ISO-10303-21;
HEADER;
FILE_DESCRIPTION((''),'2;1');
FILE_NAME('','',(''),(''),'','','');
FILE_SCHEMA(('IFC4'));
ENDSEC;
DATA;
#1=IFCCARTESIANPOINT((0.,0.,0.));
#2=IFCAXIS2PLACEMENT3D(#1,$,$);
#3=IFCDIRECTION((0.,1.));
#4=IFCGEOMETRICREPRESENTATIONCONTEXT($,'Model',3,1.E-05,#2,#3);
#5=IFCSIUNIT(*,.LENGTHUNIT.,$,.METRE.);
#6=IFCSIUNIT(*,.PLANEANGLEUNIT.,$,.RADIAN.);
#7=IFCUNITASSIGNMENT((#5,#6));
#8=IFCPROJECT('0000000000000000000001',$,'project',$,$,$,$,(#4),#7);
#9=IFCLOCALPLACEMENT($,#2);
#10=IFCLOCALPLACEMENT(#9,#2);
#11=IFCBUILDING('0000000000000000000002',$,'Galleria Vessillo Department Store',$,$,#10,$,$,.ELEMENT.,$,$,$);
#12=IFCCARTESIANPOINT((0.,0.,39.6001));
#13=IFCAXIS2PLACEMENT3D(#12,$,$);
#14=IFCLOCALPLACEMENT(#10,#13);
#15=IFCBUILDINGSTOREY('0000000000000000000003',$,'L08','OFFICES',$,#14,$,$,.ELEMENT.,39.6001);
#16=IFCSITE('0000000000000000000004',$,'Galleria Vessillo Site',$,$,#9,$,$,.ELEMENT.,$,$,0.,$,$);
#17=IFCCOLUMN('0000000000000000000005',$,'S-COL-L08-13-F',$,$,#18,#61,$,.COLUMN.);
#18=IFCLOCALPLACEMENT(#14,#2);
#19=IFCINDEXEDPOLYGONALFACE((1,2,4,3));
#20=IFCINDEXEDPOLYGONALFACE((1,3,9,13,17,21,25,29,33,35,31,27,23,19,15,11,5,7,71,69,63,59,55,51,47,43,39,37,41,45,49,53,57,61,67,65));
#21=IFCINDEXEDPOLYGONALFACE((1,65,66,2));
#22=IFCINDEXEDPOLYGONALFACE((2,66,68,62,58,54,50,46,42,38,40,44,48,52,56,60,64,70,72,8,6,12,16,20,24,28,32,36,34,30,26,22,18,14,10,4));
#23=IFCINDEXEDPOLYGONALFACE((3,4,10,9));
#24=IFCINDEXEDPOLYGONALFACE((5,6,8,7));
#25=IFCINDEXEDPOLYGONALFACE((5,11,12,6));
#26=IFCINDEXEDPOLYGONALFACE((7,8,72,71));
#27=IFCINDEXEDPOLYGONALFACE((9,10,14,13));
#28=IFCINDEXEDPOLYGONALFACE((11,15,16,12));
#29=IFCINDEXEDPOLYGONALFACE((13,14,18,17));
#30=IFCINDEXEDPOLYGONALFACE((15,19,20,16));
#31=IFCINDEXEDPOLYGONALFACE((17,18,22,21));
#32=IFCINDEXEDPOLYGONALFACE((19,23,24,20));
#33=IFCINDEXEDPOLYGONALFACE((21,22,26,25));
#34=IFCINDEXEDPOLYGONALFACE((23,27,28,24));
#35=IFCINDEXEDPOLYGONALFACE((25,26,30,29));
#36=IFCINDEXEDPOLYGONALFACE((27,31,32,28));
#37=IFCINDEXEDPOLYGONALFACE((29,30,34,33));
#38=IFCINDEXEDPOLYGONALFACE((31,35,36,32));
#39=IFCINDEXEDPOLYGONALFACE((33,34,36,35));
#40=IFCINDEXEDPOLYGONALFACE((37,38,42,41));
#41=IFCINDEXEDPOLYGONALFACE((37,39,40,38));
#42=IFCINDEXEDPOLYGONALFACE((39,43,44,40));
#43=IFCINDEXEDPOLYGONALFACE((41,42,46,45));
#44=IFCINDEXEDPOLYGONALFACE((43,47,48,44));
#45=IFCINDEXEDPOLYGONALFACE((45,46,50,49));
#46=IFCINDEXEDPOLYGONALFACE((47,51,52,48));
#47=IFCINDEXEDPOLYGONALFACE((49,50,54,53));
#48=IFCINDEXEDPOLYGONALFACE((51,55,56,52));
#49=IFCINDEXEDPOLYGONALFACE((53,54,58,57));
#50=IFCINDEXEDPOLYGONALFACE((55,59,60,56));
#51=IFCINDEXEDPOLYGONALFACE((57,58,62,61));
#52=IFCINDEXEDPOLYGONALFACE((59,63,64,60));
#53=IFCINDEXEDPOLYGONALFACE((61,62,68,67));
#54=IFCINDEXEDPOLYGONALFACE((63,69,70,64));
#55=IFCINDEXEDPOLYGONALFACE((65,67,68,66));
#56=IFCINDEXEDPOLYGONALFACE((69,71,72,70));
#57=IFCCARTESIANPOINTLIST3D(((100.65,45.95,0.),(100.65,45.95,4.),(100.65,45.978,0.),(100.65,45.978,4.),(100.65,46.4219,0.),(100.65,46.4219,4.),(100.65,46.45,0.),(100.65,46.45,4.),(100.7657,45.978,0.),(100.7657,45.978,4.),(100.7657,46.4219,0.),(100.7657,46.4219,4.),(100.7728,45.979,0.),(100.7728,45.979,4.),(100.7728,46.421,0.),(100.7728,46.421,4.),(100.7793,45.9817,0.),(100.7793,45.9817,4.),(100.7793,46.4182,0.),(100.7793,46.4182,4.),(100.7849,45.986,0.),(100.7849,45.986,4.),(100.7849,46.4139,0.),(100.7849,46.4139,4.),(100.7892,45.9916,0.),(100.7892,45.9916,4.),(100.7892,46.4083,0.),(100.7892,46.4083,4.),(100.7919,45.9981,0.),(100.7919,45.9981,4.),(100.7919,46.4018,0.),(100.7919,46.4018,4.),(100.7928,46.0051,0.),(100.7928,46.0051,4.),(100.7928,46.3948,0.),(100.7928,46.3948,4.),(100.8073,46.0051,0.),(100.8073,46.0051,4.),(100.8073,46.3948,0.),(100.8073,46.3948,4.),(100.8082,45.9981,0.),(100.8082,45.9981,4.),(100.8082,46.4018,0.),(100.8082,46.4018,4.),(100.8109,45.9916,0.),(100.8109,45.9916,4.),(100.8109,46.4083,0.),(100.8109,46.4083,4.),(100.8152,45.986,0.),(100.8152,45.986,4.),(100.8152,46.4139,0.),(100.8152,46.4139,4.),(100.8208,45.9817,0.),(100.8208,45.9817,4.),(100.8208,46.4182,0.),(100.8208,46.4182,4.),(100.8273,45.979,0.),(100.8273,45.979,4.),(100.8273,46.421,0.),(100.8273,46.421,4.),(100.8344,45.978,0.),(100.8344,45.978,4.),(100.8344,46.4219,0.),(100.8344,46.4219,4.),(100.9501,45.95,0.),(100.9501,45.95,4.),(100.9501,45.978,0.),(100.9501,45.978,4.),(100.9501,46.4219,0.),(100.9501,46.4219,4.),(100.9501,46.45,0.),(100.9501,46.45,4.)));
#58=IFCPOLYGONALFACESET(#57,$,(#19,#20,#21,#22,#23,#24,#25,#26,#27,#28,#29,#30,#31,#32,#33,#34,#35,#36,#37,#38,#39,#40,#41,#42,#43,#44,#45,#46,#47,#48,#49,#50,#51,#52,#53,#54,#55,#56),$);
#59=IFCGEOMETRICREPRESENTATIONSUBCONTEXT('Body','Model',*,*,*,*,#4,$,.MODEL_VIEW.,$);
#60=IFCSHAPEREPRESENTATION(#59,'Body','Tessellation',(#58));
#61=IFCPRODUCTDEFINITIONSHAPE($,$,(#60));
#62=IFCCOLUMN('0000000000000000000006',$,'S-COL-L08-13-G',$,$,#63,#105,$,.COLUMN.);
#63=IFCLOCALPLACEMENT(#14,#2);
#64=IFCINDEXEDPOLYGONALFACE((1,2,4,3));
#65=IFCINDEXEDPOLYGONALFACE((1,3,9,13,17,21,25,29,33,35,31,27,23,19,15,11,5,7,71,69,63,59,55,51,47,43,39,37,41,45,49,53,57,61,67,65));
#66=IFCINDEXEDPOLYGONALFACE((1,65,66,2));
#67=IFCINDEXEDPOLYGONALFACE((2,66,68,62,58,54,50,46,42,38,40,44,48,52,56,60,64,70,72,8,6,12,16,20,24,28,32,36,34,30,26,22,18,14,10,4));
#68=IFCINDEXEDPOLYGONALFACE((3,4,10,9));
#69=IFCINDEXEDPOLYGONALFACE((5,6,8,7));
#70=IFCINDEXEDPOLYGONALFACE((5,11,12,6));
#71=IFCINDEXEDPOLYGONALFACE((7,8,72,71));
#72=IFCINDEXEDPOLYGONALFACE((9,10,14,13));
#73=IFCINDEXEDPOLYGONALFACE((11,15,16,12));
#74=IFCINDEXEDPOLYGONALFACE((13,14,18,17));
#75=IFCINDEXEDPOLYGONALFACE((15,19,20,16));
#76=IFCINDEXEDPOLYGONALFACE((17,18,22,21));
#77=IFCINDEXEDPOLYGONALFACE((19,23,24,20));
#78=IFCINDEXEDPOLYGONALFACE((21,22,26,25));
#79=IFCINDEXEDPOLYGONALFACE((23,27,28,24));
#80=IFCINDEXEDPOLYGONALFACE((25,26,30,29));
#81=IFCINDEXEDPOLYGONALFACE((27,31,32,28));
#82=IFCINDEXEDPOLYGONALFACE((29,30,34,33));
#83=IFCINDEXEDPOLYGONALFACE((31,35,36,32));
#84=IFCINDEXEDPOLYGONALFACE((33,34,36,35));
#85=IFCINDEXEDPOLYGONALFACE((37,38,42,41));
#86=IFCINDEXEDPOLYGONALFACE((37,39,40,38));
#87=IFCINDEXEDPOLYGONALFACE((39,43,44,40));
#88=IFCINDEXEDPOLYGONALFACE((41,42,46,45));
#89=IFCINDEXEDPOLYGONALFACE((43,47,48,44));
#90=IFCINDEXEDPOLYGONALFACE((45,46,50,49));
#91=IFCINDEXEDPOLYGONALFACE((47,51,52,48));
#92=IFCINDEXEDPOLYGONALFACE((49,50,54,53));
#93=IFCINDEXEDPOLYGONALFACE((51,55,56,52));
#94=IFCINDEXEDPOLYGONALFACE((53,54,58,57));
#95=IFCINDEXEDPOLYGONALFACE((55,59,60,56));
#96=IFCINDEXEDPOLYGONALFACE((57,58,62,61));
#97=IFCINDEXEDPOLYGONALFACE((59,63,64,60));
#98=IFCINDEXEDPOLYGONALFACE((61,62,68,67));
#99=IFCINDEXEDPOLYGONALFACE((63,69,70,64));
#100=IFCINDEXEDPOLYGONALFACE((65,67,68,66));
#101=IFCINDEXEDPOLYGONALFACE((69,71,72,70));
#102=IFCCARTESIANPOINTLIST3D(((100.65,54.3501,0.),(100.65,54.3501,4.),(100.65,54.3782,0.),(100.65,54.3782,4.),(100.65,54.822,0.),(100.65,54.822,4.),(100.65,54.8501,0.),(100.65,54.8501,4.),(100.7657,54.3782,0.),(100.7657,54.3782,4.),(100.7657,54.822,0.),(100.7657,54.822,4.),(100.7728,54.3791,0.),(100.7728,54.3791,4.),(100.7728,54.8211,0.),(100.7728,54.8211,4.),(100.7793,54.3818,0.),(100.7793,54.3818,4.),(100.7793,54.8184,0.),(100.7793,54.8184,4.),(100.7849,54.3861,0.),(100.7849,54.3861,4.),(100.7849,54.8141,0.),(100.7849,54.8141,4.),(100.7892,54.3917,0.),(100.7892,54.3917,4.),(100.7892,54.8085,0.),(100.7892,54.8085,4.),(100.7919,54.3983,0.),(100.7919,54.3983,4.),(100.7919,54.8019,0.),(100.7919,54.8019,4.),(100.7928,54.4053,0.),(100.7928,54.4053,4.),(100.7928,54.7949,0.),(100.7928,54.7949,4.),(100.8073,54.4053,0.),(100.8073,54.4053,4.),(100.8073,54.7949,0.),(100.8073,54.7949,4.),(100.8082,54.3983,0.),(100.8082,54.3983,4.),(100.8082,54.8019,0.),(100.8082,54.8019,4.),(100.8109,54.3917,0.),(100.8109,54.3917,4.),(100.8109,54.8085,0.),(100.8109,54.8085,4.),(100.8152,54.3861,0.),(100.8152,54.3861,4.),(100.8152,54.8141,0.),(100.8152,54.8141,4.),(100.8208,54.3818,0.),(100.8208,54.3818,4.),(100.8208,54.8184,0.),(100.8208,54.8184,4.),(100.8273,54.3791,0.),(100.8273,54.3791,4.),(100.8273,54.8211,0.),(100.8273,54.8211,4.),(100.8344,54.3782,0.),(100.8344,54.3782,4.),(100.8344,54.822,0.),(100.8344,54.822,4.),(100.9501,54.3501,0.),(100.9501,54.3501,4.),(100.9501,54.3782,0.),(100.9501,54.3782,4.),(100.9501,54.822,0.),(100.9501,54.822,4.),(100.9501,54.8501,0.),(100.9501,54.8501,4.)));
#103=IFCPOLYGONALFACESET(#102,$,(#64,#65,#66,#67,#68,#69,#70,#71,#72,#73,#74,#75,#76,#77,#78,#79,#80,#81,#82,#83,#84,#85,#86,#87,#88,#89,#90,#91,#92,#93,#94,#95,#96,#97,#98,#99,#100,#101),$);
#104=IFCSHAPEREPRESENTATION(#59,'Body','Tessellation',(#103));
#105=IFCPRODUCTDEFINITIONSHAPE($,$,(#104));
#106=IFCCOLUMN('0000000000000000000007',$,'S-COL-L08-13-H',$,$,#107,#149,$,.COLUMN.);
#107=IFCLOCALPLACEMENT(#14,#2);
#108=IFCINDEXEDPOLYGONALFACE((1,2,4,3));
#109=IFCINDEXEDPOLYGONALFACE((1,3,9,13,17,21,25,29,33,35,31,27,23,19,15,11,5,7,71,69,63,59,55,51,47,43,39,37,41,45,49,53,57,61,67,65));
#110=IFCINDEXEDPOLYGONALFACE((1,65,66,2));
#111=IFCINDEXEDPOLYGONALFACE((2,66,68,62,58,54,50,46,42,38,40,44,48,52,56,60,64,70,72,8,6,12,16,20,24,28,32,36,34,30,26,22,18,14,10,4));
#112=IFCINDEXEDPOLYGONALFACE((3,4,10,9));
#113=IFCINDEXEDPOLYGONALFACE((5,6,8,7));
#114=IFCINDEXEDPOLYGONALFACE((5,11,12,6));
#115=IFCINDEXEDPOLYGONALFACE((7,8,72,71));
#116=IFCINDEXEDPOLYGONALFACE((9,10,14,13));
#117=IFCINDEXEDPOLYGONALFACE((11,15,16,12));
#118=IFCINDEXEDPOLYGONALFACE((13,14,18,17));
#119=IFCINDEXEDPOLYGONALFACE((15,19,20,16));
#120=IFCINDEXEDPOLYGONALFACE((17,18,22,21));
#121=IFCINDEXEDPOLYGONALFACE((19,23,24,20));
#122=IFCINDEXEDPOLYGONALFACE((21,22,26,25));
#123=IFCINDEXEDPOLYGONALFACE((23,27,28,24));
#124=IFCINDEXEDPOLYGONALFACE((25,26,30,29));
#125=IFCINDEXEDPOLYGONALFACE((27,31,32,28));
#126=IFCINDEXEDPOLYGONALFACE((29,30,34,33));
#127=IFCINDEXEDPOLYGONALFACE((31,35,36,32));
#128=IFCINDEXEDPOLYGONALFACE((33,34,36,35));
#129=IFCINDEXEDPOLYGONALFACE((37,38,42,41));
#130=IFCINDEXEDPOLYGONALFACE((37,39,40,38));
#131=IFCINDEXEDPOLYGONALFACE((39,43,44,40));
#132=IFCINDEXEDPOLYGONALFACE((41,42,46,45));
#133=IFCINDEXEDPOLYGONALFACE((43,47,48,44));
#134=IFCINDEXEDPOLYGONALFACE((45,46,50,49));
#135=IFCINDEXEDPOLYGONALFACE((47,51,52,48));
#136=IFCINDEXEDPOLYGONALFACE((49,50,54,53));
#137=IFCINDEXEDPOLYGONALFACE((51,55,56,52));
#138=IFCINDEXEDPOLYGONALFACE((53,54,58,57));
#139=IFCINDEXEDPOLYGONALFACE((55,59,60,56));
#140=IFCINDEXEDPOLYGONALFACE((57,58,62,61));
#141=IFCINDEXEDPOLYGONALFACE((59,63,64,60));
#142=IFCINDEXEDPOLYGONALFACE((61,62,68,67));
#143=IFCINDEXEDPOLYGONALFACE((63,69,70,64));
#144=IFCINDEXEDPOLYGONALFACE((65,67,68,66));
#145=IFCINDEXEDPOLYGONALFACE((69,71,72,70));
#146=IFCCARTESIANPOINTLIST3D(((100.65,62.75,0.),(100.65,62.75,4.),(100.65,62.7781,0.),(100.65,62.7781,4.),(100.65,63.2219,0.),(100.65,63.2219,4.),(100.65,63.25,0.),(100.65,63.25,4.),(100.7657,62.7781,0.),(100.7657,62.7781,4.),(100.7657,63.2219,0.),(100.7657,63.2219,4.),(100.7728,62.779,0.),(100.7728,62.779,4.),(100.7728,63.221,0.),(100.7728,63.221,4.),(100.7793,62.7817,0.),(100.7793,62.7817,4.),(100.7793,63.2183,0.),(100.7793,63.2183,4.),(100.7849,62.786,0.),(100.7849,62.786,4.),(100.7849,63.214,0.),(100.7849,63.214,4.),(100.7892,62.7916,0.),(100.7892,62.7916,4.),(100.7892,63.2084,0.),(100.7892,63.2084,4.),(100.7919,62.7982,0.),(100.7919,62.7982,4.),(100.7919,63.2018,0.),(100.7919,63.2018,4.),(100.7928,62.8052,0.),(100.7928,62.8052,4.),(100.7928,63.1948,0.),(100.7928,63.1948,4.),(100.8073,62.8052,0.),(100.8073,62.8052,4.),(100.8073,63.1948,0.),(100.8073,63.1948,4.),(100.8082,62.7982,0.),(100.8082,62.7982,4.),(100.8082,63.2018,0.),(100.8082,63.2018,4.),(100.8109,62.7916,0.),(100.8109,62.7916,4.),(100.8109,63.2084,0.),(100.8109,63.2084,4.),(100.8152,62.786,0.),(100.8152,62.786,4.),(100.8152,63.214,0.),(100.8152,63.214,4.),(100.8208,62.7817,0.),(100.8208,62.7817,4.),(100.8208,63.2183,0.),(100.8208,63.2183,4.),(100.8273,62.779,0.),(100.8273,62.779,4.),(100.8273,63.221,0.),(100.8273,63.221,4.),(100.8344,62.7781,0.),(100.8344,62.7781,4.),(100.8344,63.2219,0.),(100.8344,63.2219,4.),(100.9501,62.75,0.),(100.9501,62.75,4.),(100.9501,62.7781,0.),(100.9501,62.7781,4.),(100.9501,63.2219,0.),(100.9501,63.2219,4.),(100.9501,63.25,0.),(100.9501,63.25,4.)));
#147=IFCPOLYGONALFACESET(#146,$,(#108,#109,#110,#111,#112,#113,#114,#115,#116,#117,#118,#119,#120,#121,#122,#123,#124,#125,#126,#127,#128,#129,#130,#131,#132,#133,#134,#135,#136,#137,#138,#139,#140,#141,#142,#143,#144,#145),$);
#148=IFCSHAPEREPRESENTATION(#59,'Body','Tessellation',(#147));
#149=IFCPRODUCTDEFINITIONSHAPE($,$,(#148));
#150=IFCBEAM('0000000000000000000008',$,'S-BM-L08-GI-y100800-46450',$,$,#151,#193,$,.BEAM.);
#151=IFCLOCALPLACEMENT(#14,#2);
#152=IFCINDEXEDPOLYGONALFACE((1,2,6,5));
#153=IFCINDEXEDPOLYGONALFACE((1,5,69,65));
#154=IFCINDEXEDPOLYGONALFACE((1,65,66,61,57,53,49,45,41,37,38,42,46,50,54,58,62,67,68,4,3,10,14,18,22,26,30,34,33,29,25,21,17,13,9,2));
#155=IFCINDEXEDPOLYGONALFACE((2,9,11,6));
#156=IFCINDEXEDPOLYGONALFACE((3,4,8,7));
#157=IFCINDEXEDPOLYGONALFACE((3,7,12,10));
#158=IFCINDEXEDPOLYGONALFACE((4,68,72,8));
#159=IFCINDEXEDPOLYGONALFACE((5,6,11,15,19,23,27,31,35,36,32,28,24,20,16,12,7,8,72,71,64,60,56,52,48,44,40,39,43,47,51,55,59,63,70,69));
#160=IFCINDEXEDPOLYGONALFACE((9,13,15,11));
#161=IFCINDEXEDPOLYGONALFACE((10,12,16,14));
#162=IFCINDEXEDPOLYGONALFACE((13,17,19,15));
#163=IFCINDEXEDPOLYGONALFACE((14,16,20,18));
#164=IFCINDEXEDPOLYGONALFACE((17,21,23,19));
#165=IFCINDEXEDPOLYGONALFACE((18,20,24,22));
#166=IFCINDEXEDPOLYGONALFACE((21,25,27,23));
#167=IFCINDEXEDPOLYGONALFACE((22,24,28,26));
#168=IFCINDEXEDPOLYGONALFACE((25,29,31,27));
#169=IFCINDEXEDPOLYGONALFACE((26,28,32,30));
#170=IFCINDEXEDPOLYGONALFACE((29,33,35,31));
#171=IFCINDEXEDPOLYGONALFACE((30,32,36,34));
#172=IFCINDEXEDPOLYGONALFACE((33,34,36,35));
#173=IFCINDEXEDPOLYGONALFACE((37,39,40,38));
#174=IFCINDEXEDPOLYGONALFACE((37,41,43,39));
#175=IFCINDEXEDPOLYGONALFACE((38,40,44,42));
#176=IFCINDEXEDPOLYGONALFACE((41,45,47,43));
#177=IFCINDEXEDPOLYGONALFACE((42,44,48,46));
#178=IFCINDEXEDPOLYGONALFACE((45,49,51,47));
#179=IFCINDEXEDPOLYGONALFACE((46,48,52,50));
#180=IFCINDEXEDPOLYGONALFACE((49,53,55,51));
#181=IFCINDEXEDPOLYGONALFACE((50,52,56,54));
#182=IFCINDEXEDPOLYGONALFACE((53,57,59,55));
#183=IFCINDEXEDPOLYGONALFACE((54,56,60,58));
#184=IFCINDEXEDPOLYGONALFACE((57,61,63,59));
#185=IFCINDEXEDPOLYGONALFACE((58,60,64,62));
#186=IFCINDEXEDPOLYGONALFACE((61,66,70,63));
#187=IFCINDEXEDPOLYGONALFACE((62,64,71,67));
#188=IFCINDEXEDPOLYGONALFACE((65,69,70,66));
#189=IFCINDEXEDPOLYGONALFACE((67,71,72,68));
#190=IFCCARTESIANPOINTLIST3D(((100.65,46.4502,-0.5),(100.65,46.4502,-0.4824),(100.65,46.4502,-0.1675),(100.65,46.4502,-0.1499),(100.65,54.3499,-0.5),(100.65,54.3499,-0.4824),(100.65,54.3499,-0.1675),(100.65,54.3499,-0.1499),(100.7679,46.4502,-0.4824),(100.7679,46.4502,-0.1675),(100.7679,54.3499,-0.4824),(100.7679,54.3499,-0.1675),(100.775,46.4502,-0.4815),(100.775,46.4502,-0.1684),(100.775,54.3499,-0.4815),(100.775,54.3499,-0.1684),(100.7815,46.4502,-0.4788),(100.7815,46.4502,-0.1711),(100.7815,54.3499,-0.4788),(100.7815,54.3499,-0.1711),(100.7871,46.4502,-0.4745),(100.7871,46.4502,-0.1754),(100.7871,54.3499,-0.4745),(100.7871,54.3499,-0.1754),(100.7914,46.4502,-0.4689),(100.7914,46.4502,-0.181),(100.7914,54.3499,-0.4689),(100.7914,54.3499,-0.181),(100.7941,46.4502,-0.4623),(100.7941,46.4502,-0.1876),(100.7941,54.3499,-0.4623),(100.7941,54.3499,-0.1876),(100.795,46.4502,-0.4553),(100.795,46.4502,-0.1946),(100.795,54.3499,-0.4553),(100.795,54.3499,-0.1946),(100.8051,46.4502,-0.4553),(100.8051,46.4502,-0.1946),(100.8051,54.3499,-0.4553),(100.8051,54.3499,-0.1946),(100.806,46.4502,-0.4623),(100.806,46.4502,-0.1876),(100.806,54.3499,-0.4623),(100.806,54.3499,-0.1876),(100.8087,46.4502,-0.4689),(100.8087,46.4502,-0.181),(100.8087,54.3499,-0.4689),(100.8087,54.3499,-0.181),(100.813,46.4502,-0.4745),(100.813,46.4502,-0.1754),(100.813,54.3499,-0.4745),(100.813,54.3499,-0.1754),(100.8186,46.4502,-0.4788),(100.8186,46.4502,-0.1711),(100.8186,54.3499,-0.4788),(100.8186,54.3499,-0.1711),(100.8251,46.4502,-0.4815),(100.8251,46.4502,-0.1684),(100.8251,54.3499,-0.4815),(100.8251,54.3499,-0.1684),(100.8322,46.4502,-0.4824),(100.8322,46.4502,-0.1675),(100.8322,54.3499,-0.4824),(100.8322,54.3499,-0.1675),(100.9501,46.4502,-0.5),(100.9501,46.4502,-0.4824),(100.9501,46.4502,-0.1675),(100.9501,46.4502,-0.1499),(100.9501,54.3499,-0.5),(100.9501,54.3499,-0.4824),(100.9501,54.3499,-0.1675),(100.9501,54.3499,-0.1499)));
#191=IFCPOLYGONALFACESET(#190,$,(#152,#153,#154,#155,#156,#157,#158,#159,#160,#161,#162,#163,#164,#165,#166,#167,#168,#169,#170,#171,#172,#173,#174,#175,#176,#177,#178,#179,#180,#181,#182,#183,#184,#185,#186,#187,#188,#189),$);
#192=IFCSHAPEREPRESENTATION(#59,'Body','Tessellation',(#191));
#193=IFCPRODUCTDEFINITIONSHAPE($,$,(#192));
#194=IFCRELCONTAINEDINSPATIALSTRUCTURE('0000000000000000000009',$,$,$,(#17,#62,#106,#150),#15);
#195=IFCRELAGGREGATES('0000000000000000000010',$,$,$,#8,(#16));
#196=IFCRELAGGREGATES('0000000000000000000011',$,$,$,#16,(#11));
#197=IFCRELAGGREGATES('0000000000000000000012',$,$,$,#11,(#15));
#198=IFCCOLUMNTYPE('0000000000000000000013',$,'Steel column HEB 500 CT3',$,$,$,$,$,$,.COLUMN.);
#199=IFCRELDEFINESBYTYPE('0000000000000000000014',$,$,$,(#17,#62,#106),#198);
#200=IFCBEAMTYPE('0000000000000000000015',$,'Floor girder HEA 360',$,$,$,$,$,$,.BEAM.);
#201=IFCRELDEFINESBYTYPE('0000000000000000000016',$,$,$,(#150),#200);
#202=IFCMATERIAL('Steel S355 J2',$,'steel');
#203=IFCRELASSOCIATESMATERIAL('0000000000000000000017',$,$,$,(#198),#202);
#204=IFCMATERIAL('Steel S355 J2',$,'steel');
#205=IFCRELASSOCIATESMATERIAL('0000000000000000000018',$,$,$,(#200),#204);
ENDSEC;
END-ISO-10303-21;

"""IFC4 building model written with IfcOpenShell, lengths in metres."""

from ifc_helpers import new_model, si_unit, direction, frame, origin, origin_2d, place, context, subcontext, project, spatial, i_section, extrude, material, material_profile, profile_set, type_object, element, save


model = new_model("IFC4")

# Units and contexts
model_context = context("Model", 3, precision=1e-05, world=origin(), true_north=direction((0.0, 1.0)))
body_context = subcontext(model_context, "Body", "Model", "MODEL_VIEW")
ifc_project = project(units=[si_unit("LENGTHUNIT", "METRE"), si_unit("PLANEANGLEUNIT", "RADIAN")], contexts=[model_context])

# Site, building, storey
site_placement = place(None, origin())
site = spatial("IfcSite", under=ifc_project, at=site_placement, Name="Galleria Vessillo Site", CompositionType="ELEMENT", RefElevation=0.0)
building_placement = place(site_placement, origin())
building = spatial("IfcBuilding", under=site, at=building_placement, Name="Galleria Vessillo Department Store", CompositionType="ELEMENT")
storey_placement = place(building_placement, frame((0.0, 0.0, 39.6001)))
storey = spatial("IfcBuildingStorey", under=building, at=storey_placement, Name="L08", Description="OFFICES", CompositionType="ELEMENT", Elevation=39.6001)

# Columns
ifc_material_1 = material(Name="Steel S355 J2", Category="steel")
ifc_material_profile_1 = material_profile(ifc_material_1, i_section(OverallWidth=0.3, OverallDepth=0.5, WebThickness=0.0144, FlangeThickness=0.0281, FilletRadius=0.0271, at=origin_2d()), Name="HEB 500")
ifc_profile_set_1 = profile_set([ifc_material_profile_1], Name="Steel S355 J2")
column_type = type_object("IfcColumnType", Name="Steel column HEB 500 CT3", PredefinedType="COLUMN", material=ifc_profile_set_1)
for number, where, z_axis, x_axis, name in (
    (1, (100.8, 46.2, 0.0), (0.0, 0.0, 1.0), (1.0, 0.0, 0.0), "S-COL-L08-13-F"),
    (2, (100.8, 54.6001, 0.0), (0.0, 0.0, 1.0), (1.0, 0.0, 0.0), "S-COL-L08-13-G"),
    (3, (100.8, 63.0, 0.0), (0.0, 0.0, 1.0), (1.0, 0.0, 0.0), "S-COL-L08-13-H"),
):
    element("IfcColumn", number, at=place(storey_placement, frame(where, z_axis=z_axis, x_axis=x_axis)), inside=storey, type_object=column_type, Name=name, PredefinedType="COLUMN", context=body_context, shape_type="SweptSolid", body=[
        extrude(i_section(OverallWidth=0.3, OverallDepth=0.5, WebThickness=0.0144, FlangeThickness=0.0281, FilletRadius=0.0271, at=origin_2d()), origin(), (0.0, 0.0, 1.0), 4.0),
    ])

# Beam
ifc_material_2 = material(Name="Steel S355 J2", Category="steel")
ifc_material_profile_2 = material_profile(ifc_material_2, i_section(OverallWidth=0.3, OverallDepth=0.3501, WebThickness=0.01, FlangeThickness=0.0176, FilletRadius=0.0271, at=origin_2d()), Name="HEA 360")
ifc_profile_set_2 = profile_set([ifc_material_profile_2], Name="Steel S355 J2")
beam_type_1 = type_object("IfcBeamType", Name="Floor girder HEA 360", PredefinedType="BEAM", material=ifc_profile_set_2)
beam_1_placement = place(storey_placement, frame((100.8, 46.4502, -0.325), z_axis=(0.0, 1.0, 0.0), x_axis=(-1.0, 0.0, 0.0)))
element("IfcBeam", 4, at=beam_1_placement, inside=storey, type_object=beam_type_1, Name="S-BM-L08-GI-y100800-46450", PredefinedType="BEAM", context=body_context, shape_type="SweptSolid", body=[
    extrude(i_section(OverallWidth=0.3, OverallDepth=0.3501, WebThickness=0.01, FlangeThickness=0.0176, FilletRadius=0.0271, at=origin_2d()), origin(), (0.0, 0.0, 1.0), 7.8997),
])

save(model, "model.ifc")
